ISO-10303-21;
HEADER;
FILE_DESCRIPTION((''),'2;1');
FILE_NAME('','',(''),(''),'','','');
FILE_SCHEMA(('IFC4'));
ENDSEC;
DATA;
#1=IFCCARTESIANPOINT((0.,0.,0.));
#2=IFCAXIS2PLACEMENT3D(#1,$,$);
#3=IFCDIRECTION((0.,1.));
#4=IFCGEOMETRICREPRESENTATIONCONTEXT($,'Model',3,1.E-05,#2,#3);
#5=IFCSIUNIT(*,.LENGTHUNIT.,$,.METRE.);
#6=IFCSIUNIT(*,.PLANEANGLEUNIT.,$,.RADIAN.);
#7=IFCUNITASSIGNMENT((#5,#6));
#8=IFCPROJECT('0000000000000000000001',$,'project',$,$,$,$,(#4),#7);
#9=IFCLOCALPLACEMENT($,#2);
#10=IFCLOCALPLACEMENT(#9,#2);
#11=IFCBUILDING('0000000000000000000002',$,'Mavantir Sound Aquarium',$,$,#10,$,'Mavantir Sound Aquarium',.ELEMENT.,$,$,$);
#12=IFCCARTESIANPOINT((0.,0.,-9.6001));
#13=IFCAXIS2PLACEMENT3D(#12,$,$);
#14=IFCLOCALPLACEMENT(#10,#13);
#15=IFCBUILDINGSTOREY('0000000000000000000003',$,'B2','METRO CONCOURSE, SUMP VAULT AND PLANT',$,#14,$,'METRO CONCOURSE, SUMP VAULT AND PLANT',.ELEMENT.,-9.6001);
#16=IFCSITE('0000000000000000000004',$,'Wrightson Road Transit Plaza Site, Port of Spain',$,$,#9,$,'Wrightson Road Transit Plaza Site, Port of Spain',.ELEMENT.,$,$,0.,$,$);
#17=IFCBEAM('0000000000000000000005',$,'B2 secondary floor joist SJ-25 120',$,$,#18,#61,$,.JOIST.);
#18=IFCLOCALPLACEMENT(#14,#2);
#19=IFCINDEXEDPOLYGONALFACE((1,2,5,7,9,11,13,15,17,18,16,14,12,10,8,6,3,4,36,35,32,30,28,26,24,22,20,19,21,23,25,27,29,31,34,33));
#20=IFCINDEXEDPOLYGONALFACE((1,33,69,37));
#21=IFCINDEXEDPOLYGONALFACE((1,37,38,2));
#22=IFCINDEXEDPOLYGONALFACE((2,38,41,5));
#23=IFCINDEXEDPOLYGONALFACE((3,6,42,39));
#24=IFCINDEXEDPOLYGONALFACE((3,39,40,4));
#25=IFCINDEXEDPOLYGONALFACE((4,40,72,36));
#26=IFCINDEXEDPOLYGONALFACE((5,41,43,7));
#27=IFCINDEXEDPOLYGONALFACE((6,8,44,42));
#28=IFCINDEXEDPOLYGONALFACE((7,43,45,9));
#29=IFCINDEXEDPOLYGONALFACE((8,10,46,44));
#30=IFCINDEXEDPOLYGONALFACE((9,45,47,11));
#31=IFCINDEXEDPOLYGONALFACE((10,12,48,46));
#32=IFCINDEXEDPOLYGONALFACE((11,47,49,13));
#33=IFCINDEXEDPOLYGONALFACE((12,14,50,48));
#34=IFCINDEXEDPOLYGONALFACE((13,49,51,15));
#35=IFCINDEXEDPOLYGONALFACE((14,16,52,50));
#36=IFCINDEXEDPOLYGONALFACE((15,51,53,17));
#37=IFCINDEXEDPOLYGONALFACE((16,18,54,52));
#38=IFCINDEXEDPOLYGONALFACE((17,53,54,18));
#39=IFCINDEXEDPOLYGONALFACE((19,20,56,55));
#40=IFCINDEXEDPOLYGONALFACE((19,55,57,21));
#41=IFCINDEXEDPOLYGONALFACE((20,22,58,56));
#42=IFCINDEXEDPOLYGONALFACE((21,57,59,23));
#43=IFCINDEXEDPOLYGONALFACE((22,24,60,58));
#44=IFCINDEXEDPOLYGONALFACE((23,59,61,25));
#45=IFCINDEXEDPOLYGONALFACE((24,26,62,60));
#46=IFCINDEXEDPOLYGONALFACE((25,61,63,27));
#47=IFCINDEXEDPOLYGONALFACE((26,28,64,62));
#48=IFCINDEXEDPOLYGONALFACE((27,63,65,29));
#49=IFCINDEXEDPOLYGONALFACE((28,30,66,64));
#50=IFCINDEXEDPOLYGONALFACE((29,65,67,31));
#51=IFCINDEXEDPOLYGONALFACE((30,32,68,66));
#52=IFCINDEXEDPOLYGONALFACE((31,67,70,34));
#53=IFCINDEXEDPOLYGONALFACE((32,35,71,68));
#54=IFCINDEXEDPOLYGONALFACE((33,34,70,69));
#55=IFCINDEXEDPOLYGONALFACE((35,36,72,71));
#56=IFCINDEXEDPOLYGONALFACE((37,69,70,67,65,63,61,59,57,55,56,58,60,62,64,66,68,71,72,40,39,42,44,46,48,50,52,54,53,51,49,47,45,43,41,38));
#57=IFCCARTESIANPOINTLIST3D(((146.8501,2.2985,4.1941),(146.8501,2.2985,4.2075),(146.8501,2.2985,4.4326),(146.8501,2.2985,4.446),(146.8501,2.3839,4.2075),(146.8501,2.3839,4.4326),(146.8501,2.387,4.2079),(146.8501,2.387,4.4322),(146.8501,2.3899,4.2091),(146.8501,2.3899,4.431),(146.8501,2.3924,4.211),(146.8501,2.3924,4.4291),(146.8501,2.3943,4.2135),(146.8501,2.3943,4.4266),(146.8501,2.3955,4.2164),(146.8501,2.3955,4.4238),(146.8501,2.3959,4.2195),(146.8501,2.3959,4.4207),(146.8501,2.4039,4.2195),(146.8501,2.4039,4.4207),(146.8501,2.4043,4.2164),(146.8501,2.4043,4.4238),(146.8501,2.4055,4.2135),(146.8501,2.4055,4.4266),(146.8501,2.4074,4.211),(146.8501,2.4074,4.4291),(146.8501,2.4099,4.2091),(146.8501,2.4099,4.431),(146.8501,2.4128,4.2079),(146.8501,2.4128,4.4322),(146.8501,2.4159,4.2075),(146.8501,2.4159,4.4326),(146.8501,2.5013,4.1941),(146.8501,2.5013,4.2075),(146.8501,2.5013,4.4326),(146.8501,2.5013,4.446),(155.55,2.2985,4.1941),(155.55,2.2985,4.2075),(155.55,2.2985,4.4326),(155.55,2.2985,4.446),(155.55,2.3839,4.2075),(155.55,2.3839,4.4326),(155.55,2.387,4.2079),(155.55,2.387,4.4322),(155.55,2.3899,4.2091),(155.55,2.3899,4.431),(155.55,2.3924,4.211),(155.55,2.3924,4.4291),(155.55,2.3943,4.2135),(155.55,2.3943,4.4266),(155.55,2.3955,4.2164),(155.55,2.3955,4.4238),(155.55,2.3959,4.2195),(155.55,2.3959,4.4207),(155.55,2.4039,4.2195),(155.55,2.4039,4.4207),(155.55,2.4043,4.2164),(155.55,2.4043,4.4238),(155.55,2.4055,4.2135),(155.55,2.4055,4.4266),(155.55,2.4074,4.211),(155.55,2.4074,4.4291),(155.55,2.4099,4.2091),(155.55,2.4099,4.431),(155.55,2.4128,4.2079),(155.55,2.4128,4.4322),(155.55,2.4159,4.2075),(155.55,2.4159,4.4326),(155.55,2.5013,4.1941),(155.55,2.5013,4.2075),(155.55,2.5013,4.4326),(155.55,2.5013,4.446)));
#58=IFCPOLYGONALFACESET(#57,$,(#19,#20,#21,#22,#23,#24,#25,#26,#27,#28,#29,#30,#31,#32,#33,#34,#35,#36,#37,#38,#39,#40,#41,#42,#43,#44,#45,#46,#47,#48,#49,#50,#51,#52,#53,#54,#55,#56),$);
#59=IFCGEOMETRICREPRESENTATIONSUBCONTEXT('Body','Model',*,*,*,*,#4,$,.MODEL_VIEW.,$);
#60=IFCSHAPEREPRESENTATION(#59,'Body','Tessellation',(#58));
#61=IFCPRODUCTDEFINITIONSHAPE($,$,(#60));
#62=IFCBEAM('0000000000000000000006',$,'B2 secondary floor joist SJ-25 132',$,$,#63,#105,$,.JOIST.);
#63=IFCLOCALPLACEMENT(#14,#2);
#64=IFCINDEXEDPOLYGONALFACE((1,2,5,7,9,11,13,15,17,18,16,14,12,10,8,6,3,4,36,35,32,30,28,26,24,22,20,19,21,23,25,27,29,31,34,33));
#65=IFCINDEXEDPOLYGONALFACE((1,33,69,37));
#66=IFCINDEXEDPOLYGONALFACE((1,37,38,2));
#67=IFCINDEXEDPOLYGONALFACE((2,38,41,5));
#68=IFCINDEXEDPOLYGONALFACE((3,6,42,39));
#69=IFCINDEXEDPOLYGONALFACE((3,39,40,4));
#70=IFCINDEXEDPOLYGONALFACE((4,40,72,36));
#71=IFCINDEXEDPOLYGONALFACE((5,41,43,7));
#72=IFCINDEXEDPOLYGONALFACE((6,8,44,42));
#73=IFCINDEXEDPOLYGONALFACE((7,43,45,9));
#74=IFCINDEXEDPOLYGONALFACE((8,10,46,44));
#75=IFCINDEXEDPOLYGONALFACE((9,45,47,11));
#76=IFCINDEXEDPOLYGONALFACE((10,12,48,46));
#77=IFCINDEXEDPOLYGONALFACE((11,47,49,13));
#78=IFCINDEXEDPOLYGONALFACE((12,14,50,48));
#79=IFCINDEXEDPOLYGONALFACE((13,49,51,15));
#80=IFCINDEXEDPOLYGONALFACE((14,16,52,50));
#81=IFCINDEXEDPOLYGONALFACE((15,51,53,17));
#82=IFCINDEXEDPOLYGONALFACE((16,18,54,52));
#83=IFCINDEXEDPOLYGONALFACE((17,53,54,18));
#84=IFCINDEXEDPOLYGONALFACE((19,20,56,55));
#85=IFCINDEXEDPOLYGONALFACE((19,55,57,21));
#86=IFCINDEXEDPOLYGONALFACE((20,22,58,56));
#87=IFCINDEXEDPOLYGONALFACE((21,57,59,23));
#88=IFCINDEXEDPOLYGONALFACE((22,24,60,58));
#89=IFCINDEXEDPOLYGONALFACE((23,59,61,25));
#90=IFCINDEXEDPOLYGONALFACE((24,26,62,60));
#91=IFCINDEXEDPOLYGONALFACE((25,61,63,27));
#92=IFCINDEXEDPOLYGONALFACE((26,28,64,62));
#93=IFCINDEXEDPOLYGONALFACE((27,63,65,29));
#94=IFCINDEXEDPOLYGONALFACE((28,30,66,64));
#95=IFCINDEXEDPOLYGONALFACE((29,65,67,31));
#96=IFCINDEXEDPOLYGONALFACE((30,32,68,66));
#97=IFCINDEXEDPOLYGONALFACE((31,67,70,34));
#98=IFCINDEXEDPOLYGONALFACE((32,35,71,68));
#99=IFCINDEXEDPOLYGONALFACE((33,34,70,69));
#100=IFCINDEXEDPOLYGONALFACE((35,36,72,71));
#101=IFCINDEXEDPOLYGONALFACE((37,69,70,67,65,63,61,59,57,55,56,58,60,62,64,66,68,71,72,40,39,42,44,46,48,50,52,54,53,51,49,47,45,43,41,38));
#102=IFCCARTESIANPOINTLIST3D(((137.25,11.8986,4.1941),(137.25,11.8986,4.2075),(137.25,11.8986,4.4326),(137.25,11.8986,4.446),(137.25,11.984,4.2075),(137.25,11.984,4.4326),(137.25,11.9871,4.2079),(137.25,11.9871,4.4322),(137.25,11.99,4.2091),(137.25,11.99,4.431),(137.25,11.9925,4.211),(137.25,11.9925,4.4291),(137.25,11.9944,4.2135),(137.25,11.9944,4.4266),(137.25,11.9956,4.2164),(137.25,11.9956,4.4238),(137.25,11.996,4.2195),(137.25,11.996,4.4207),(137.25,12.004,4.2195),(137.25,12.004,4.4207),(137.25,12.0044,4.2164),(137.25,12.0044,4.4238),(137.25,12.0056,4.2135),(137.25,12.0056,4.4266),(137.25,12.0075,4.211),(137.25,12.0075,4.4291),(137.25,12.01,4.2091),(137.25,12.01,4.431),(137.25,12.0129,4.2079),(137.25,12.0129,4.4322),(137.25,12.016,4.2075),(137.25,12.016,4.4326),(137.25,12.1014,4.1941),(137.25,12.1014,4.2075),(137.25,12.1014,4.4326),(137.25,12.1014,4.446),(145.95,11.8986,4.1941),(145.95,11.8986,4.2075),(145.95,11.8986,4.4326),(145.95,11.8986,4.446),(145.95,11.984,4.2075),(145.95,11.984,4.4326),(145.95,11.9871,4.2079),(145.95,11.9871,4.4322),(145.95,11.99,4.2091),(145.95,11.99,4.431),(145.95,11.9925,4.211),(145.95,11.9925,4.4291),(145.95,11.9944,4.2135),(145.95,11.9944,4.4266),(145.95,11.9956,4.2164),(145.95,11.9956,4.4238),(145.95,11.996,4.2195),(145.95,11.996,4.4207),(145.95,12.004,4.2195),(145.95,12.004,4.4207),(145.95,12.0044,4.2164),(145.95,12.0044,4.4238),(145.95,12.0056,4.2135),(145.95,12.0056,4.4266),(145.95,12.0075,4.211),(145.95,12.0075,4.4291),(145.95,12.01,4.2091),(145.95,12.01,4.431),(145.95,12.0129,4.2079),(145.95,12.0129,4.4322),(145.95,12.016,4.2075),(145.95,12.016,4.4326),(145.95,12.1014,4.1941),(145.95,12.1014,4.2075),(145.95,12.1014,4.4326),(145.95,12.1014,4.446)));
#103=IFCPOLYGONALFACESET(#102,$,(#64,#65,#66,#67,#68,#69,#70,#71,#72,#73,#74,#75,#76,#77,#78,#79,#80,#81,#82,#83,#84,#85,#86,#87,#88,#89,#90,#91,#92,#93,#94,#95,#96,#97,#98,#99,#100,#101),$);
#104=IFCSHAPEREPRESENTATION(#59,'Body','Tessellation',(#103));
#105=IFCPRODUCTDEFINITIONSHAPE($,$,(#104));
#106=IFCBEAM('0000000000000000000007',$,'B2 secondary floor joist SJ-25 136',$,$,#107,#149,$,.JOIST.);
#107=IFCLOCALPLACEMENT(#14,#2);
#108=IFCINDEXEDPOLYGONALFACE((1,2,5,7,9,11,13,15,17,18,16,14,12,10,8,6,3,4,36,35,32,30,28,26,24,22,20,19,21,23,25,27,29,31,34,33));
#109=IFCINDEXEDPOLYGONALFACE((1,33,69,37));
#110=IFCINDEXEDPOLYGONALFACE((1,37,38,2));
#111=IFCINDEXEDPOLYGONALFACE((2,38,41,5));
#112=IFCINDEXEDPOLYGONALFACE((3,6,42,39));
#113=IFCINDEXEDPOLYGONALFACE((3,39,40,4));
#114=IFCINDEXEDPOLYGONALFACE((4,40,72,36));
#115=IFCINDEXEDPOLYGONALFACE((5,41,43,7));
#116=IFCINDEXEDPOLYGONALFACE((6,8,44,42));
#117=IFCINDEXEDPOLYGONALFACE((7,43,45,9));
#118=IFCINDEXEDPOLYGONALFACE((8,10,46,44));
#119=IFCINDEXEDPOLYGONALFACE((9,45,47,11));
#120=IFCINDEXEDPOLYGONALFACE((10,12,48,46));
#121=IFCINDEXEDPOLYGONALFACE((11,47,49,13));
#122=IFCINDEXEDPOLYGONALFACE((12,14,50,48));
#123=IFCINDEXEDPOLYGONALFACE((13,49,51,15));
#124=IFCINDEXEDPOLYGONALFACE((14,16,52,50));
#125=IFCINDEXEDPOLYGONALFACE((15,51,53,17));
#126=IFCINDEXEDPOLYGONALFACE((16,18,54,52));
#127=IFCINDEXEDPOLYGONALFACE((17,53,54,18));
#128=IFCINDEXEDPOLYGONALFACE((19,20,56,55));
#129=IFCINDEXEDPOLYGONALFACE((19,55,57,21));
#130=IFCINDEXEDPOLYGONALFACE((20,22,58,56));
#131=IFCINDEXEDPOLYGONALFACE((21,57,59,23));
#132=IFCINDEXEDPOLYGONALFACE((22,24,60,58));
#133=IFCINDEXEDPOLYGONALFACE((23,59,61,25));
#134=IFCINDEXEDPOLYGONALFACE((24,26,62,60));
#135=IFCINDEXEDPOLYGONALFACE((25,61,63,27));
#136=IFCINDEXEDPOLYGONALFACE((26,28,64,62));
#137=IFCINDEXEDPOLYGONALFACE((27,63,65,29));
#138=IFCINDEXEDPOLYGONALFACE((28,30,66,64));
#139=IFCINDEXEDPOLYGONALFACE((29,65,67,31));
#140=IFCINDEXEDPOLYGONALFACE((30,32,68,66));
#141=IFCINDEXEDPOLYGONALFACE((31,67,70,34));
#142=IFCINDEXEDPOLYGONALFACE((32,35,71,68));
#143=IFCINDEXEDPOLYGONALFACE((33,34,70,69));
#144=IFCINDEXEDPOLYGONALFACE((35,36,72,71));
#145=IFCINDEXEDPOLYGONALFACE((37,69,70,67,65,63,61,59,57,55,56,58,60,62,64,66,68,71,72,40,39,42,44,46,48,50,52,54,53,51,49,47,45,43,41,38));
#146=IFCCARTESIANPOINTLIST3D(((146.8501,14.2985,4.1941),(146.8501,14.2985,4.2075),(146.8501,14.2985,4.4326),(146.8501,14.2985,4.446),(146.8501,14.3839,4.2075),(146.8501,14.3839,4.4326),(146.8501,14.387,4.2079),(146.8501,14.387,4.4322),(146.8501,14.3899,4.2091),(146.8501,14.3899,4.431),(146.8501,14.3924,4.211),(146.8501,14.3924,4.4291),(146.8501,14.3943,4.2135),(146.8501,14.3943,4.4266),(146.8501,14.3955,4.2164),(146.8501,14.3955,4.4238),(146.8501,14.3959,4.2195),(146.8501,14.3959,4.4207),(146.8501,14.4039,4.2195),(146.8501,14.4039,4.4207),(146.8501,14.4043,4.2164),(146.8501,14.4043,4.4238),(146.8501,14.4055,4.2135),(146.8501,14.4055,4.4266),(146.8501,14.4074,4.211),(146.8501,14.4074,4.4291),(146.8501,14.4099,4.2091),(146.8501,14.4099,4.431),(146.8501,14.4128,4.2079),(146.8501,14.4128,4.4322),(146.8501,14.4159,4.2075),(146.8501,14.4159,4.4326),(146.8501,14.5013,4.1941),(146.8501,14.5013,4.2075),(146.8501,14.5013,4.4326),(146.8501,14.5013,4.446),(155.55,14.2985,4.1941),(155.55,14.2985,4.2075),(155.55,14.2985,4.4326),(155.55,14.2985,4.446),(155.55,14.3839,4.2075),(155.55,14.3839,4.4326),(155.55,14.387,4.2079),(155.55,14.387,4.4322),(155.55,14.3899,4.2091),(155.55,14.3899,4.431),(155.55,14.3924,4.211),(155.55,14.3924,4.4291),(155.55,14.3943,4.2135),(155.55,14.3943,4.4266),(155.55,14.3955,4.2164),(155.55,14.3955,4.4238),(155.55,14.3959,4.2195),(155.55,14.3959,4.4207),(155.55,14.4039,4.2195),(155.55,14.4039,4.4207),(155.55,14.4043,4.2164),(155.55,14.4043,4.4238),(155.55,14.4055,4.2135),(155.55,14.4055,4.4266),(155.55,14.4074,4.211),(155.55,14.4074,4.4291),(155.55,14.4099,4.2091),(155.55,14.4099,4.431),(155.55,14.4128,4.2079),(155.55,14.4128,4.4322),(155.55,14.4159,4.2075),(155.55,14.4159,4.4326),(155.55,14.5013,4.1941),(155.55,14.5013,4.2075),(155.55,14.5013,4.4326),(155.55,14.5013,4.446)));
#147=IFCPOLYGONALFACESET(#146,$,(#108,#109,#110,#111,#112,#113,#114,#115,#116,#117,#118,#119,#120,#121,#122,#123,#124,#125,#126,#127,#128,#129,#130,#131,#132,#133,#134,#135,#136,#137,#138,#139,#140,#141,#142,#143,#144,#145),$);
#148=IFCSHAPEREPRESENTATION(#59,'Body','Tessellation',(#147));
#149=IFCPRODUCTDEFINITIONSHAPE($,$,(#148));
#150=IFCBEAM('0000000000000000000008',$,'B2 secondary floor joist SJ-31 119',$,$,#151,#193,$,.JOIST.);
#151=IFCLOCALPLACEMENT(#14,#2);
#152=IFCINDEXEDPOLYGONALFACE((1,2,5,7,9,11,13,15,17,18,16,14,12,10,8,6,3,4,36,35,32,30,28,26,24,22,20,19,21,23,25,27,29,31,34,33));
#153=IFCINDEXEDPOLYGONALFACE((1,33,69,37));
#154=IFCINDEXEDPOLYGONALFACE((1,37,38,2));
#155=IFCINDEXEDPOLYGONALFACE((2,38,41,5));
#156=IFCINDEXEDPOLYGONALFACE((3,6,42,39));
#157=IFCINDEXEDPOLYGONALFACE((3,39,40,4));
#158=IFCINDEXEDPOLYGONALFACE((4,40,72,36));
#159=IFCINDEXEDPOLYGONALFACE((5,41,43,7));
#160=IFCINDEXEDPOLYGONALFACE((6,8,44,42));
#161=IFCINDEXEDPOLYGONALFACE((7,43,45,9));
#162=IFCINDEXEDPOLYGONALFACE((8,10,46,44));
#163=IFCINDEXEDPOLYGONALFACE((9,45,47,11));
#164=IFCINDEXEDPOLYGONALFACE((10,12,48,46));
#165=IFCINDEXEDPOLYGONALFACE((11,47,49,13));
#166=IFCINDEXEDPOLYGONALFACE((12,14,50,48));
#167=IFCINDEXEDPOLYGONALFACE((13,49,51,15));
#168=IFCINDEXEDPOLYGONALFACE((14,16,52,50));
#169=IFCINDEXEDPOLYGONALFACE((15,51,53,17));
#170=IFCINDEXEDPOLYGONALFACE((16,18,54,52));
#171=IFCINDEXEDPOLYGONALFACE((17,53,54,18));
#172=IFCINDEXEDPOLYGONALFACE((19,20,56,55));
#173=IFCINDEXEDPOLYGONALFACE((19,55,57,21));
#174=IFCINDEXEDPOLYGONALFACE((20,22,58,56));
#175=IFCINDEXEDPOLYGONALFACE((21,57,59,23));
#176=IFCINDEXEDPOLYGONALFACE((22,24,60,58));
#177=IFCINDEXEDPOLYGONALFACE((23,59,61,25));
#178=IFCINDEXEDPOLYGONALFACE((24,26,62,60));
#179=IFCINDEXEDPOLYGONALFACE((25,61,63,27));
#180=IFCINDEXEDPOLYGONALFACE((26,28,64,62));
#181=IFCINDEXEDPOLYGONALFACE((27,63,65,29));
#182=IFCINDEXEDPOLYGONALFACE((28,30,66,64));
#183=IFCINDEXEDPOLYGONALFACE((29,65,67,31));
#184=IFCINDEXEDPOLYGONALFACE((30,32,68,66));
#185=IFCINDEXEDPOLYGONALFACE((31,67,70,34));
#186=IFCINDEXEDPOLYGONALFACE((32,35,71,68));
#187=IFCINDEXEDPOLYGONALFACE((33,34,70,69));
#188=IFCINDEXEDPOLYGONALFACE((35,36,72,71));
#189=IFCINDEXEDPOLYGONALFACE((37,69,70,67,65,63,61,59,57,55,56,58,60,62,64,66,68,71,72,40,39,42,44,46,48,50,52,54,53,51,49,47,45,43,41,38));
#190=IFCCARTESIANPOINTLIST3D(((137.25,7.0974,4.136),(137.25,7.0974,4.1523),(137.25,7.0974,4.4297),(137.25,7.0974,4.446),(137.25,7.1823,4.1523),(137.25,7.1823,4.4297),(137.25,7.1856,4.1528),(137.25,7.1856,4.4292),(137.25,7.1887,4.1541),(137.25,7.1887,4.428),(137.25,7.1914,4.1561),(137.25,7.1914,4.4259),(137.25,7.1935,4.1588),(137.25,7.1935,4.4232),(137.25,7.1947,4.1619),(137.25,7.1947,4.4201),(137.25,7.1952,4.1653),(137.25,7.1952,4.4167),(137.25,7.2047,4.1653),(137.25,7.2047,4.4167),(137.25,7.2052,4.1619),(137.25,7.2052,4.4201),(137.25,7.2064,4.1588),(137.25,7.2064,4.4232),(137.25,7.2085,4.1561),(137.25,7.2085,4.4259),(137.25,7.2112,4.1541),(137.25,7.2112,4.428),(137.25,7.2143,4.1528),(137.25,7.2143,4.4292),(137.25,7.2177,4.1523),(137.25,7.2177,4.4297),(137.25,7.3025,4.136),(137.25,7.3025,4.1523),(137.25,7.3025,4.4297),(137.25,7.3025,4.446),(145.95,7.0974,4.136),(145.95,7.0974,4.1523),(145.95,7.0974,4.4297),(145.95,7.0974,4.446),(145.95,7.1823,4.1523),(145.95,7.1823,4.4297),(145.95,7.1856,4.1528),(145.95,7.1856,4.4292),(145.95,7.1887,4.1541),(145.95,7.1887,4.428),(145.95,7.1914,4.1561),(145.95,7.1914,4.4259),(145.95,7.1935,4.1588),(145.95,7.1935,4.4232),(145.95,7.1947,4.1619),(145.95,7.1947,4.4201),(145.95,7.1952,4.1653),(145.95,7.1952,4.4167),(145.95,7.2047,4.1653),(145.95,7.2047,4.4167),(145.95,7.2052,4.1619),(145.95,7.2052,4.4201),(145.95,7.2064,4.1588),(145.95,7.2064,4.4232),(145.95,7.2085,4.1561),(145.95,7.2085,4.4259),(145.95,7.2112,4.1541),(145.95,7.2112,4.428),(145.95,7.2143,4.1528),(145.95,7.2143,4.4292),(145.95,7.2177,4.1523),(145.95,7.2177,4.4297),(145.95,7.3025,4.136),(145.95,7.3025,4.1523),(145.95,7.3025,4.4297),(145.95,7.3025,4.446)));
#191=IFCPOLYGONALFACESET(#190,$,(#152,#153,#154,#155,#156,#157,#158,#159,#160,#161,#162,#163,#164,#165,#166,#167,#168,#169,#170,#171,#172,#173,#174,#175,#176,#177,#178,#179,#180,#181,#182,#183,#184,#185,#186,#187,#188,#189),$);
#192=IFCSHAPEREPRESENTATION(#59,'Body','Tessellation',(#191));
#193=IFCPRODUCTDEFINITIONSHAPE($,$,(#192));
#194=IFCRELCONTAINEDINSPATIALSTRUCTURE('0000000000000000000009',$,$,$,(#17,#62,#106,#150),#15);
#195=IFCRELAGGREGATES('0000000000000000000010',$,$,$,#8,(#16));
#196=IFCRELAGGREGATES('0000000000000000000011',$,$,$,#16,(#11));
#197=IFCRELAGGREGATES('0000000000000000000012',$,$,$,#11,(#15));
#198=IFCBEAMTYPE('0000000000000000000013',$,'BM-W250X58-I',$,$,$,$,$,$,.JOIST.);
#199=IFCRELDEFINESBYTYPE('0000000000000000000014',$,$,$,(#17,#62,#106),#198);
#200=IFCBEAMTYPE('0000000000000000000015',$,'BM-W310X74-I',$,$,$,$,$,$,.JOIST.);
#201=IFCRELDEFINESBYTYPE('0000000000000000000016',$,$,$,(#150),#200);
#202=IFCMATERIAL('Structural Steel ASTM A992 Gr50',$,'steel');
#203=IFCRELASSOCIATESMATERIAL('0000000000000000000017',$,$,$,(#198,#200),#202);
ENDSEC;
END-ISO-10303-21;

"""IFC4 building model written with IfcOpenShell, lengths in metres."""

from ifc_helpers import new_model, si_unit, direction, frame, origin, origin_2d, place, context, subcontext, project, spatial, i_section, extrude, material, material_profile, profile_set, type_object, element, save


model = new_model("IFC4")

# Units and contexts
model_context = context("Model", 3, precision=1e-05, world=origin(), true_north=direction((0.0, 1.0)))
body_context = subcontext(model_context, "Body", "Model", "MODEL_VIEW")
ifc_project = project(units=[si_unit("LENGTHUNIT", "METRE"), si_unit("PLANEANGLEUNIT", "RADIAN")], contexts=[model_context])

# Site, building, storey
site_placement = place(None, origin())
site = spatial("IfcSite", under=ifc_project, at=site_placement, Name="Wrightson Road Transit Plaza Site, Port of Spain", LongName="Wrightson Road Transit Plaza Site, Port of Spain", CompositionType="ELEMENT", RefElevation=0.0)
building_placement = place(site_placement, origin())
building = spatial("IfcBuilding", under=site, at=building_placement, Name="Mavantir Sound Aquarium", LongName="Mavantir Sound Aquarium", CompositionType="ELEMENT")
storey_placement = place(building_placement, frame((0.0, 0.0, -9.6001)))
storey = spatial("IfcBuildingStorey", under=building, at=storey_placement, Name="B2", Description="METRO CONCOURSE, SUMP VAULT AND PLANT", LongName="METRO CONCOURSE, SUMP VAULT AND PLANT", CompositionType="ELEMENT", Elevation=-9.6001)

# Beams
ifc_material_1 = material(Name="Structural Steel ASTM A992 Gr50", Category="steel")
ifc_material_profile_1 = material_profile(ifc_material_1, i_section(OverallWidth=0.2029, OverallDepth=0.252, WebThickness=0.0081, FlangeThickness=0.0134, FilletRadius=0.012, at=origin_2d()), Name="W250X58")
ifc_profile_set_1 = profile_set([ifc_material_profile_1], Name="Structural Steel ASTM A992 Gr50")
beam_type_1 = type_object("IfcBeamType", Name="BM-W250X58-I", PredefinedType="JOIST", material=ifc_profile_set_1)
for number, where, z_axis, x_axis, name in (
    (1, (146.8501, 2.3999, 4.3201), (1.0, 0.0, 0.0), (0.0, 1.0, 0.0), "B2 secondary floor joist SJ-25 120"),
    (2, (137.25, 12.0, 4.3201), (1.0, 0.0, 0.0), (0.0, 1.0, 0.0), "B2 secondary floor joist SJ-25 132"),
    (3, (146.8501, 14.3999, 4.3201), (1.0, 0.0, 0.0), (0.0, 1.0, 0.0), "B2 secondary floor joist SJ-25 136"),
):
    element("IfcBeam", number, at=place(storey_placement, frame(where, z_axis=z_axis, x_axis=x_axis)), inside=storey, type_object=beam_type_1, Name=name, PredefinedType="JOIST", context=body_context, shape_type="SweptSolid", body=[
        extrude(i_section(OverallWidth=0.2029, OverallDepth=0.252, WebThickness=0.0081, FlangeThickness=0.0134, FilletRadius=0.012, at=origin_2d()), origin(), (0.0, 0.0, 1.0), 8.7),
    ])
ifc_material_profile_2 = material_profile(ifc_material_1, i_section(OverallWidth=0.2051, OverallDepth=0.3101, WebThickness=0.0095, FlangeThickness=0.0164, FilletRadius=0.0129, at=origin_2d()), Name="W310X74")
ifc_profile_set_2 = profile_set([ifc_material_profile_2], Name="Structural Steel ASTM A992 Gr50")
beam_type_2 = type_object("IfcBeamType", Name="BM-W310X74-I", PredefinedType="JOIST", material=ifc_profile_set_2)
for number, where, z_axis, x_axis, name in (
    (4, (137.25, 7.2, 4.291), (1.0, 0.0, 0.0), (0.0, 1.0, 0.0), "B2 secondary floor joist SJ-31 119"),
):
    element("IfcBeam", number, at=place(storey_placement, frame(where, z_axis=z_axis, x_axis=x_axis)), inside=storey, type_object=beam_type_2, Name=name, PredefinedType="JOIST", context=body_context, shape_type="SweptSolid", body=[
        extrude(i_section(OverallWidth=0.2051, OverallDepth=0.3101, WebThickness=0.0095, FlangeThickness=0.0164, FilletRadius=0.0129, at=origin_2d()), origin(), (0.0, 0.0, 1.0), 8.7),
    ])

save(model, "model.ifc")
